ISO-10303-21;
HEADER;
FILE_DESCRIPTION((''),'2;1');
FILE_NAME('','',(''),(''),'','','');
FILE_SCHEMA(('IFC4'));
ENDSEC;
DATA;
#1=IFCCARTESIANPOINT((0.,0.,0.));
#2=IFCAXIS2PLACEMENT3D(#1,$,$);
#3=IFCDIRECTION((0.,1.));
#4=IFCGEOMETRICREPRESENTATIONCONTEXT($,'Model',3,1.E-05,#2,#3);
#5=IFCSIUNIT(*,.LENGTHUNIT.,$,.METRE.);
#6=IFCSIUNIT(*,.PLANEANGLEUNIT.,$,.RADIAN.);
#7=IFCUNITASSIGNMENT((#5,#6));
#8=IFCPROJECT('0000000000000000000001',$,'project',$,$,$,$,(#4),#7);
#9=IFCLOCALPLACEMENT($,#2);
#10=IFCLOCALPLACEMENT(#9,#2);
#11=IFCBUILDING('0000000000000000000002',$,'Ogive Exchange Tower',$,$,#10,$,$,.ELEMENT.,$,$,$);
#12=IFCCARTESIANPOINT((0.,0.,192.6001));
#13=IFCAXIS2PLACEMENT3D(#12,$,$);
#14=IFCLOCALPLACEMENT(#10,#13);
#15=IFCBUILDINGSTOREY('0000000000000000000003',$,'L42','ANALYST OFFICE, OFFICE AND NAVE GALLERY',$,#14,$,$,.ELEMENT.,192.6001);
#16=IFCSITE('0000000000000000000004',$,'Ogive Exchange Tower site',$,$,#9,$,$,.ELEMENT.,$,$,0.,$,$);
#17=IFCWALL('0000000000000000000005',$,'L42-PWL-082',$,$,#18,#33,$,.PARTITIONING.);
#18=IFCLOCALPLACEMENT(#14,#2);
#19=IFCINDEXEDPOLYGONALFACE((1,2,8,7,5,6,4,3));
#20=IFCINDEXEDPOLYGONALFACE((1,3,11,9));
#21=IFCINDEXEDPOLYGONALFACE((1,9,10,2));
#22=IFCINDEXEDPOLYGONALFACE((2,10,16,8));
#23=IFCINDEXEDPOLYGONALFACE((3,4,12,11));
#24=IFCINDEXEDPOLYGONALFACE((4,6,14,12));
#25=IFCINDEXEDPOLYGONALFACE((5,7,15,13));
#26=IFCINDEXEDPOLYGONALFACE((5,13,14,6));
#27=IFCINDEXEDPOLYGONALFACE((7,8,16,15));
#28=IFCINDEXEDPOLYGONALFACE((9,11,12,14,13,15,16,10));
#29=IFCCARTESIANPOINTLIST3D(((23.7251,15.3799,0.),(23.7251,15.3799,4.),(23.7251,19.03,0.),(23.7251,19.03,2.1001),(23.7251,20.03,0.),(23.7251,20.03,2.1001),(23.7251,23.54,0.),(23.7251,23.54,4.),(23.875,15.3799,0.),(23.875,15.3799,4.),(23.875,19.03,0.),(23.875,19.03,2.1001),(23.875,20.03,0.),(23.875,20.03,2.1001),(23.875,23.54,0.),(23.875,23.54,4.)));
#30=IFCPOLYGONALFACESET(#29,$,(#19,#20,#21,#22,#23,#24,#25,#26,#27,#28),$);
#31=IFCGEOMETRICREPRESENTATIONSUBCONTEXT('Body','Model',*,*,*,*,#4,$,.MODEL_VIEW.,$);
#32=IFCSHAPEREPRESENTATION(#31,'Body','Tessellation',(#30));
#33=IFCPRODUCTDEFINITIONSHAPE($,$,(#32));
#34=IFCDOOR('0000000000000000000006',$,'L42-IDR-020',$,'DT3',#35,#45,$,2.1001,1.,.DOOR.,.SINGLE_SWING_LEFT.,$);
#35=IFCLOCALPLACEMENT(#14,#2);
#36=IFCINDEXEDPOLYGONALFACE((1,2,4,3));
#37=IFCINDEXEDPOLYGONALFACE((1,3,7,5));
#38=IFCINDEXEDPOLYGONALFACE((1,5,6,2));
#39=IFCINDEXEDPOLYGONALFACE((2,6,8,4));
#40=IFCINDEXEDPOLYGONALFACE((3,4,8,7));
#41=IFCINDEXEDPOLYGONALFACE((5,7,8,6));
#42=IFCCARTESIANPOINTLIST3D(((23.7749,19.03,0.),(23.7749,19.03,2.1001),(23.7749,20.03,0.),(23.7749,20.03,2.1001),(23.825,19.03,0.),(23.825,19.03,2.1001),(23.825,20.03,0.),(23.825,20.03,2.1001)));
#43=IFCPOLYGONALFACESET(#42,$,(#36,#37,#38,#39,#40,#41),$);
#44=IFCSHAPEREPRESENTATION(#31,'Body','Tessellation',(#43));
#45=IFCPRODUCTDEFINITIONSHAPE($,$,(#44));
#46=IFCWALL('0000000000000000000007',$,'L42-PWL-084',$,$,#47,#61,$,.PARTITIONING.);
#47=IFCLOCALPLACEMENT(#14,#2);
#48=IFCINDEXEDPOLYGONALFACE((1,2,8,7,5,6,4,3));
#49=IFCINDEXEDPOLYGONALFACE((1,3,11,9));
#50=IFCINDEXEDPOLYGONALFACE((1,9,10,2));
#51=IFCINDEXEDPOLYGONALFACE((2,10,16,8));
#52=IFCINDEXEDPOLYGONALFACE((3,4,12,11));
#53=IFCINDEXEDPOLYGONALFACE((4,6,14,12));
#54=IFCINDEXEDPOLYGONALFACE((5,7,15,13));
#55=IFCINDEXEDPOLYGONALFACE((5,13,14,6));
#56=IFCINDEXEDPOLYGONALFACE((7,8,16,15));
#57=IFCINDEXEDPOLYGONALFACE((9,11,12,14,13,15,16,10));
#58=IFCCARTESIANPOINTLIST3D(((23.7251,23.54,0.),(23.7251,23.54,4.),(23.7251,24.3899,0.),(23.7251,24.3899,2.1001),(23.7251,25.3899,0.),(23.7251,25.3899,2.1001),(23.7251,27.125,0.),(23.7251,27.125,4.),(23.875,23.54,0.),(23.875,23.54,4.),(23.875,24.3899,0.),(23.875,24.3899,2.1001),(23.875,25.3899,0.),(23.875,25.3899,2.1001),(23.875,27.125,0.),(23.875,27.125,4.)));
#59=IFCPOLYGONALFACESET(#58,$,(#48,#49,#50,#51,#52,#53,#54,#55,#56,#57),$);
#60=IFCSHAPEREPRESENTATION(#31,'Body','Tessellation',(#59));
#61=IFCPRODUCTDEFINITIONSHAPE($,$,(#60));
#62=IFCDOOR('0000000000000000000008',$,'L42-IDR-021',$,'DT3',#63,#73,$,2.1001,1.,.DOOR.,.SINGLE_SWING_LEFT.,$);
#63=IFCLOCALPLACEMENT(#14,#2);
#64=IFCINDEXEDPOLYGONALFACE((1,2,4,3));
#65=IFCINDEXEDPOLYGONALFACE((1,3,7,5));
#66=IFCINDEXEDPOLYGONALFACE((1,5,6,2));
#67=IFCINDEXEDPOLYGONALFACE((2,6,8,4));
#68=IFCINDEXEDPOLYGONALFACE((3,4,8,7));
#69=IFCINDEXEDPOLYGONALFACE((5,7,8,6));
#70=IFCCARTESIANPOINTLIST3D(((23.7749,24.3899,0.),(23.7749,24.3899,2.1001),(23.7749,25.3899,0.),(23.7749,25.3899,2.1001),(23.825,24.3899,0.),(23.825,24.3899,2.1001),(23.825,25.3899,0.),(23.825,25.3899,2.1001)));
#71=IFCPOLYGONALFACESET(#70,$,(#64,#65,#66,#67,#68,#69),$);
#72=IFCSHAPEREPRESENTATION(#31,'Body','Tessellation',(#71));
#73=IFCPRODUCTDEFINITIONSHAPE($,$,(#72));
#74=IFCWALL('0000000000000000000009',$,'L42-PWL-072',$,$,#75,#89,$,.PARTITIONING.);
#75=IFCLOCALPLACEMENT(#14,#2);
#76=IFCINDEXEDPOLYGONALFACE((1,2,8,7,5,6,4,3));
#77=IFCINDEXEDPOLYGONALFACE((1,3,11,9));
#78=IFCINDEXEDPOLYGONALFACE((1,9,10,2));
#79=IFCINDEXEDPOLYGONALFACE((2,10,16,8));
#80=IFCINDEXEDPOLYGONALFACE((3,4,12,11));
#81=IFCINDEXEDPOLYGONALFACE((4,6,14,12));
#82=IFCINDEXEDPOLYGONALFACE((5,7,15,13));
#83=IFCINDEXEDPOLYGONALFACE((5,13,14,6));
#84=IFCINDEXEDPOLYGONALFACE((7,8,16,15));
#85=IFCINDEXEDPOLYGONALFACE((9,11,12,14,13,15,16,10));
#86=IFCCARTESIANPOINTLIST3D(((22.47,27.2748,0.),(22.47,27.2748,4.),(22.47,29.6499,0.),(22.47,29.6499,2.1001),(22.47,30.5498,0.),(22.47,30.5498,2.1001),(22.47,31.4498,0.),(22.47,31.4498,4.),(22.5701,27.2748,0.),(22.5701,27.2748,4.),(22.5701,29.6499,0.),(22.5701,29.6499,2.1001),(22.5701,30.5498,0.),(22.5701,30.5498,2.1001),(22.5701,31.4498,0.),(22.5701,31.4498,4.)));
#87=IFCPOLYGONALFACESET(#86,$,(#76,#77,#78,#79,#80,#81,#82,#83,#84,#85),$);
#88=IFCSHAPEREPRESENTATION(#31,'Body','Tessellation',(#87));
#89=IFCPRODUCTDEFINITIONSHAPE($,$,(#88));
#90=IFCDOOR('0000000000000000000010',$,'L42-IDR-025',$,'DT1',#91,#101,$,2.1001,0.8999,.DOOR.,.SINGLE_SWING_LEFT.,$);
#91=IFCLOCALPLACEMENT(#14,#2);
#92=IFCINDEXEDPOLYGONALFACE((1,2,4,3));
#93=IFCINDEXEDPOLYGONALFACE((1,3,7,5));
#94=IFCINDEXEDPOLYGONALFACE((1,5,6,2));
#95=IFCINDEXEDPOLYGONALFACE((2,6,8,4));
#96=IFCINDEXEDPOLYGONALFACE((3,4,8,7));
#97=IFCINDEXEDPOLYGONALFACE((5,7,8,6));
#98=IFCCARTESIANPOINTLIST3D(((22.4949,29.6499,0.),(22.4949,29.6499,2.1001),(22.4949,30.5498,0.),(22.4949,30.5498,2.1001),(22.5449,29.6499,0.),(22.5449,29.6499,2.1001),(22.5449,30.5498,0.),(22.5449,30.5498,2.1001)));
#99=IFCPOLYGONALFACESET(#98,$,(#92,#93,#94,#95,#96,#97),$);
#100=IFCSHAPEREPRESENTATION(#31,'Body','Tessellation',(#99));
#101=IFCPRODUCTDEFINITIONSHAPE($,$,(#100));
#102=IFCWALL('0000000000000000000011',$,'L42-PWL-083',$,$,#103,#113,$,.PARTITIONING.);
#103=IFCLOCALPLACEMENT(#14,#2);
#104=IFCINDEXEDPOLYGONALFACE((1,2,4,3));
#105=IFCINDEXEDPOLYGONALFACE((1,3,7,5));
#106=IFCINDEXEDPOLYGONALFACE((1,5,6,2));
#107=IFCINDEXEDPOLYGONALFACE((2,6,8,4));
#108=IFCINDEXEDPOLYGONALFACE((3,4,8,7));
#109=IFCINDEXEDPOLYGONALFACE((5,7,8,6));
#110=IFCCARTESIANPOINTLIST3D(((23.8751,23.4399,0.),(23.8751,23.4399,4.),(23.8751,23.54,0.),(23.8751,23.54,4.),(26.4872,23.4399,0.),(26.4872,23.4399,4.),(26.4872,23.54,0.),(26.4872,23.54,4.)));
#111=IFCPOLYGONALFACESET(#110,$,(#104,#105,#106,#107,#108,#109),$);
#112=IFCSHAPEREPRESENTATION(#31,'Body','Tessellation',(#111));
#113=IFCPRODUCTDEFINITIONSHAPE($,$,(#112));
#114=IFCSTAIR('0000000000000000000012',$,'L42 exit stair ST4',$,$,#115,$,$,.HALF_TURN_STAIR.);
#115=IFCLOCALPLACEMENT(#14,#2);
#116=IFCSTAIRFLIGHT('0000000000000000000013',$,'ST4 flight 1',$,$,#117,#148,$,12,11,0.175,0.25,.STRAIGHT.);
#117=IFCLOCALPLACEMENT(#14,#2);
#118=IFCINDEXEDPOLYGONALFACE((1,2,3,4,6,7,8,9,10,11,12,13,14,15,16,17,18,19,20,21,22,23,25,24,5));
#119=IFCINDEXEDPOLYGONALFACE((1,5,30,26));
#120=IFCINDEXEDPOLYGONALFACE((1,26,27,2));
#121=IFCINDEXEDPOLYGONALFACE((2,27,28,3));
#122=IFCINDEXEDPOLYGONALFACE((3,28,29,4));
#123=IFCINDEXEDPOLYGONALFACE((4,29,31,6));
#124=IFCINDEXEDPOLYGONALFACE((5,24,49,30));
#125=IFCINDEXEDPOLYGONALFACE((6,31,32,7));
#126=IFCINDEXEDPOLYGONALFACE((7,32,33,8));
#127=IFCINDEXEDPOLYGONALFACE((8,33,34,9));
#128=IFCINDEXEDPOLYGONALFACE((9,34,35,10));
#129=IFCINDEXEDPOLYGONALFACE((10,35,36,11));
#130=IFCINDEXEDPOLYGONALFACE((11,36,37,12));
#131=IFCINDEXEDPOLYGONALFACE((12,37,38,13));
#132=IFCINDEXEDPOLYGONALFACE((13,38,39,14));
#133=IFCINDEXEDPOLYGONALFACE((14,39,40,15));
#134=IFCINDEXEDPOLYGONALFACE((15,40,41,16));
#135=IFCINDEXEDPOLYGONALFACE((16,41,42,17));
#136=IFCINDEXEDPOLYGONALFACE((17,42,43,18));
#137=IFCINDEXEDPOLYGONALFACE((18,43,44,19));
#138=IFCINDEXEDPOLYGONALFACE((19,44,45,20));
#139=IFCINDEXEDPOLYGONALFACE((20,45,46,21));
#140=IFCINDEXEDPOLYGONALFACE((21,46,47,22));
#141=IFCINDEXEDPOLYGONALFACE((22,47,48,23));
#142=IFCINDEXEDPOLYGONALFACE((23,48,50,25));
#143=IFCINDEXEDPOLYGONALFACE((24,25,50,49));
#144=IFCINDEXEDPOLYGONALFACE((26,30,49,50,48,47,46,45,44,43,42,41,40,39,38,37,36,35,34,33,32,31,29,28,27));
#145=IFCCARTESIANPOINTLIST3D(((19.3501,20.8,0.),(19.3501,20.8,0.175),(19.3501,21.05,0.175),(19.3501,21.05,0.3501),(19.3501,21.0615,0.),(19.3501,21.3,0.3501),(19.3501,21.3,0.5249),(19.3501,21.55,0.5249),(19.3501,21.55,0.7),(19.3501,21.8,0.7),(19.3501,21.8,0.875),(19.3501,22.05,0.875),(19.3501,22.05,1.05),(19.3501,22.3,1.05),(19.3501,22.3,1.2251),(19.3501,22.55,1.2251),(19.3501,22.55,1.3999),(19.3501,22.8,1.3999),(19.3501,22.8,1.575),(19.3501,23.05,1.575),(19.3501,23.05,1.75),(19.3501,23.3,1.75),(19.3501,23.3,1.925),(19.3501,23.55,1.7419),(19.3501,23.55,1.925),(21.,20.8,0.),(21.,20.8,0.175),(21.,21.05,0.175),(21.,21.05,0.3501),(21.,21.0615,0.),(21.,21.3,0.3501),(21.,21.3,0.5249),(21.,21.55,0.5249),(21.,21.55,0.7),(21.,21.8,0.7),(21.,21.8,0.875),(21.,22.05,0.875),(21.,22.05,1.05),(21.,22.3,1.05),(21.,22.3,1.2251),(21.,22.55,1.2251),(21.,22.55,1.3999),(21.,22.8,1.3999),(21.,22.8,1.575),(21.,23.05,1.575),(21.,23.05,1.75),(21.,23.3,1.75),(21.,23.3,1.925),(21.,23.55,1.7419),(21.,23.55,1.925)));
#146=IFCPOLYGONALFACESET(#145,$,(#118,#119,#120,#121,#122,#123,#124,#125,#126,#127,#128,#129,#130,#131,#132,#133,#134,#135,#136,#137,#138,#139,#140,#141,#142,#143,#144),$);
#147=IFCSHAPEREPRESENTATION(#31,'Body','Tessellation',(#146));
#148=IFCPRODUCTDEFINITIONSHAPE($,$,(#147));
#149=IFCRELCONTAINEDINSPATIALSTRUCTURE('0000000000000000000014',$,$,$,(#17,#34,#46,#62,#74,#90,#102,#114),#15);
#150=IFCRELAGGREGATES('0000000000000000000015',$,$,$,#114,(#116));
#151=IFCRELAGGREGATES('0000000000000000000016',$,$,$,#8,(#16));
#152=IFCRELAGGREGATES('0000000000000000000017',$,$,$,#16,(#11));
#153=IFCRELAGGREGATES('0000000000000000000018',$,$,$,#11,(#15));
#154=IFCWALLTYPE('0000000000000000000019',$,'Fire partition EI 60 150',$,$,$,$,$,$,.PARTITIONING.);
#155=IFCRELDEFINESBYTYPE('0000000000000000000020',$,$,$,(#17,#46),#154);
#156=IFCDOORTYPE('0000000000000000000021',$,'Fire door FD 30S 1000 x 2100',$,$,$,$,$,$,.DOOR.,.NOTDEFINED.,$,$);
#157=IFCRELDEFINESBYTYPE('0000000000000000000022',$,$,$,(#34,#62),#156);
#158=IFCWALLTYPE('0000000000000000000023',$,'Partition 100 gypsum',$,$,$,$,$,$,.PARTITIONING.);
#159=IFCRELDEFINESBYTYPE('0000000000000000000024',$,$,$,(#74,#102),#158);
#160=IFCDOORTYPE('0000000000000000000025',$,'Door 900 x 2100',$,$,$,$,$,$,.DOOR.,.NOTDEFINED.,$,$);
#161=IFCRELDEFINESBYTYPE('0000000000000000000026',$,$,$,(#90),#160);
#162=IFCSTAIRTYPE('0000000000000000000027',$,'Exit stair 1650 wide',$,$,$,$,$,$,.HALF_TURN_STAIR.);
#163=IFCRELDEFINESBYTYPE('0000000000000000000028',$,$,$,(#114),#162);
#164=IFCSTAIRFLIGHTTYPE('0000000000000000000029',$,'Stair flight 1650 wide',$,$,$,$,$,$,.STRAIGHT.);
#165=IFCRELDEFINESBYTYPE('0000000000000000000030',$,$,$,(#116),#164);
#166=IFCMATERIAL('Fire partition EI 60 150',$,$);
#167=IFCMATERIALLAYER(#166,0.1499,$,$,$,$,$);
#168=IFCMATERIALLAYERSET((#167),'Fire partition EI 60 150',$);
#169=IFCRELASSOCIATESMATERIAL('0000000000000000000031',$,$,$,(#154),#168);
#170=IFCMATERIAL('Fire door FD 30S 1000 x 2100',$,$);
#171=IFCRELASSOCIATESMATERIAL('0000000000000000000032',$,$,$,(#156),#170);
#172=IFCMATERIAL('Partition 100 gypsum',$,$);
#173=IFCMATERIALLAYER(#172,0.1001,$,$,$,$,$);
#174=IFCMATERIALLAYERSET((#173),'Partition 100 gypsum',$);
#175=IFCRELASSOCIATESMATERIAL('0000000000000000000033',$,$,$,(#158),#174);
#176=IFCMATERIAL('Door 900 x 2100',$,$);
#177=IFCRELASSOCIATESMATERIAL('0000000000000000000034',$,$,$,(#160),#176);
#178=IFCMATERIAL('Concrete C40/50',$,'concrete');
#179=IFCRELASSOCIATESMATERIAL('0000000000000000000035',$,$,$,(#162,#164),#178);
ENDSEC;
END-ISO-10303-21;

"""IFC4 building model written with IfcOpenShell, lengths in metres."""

from ifc_helpers import new_model, si_unit, direction, frame, frame_2d, origin, place, context, subcontext, project, spatial, polyline, rectangle, outline, extrude, material, layer, layer_set, type_object, element, fill, aggregate, save


model = new_model("IFC4")

# Units and contexts
model_context = context("Model", 3, precision=1e-05, world=origin(), true_north=direction((0.0, 1.0)))
body_context = subcontext(model_context, "Body", "Model", "MODEL_VIEW")
ifc_project = project(units=[si_unit("LENGTHUNIT", "METRE"), si_unit("PLANEANGLEUNIT", "RADIAN")], contexts=[model_context])

# Site, building, storey
site_placement = place(None, origin())
site = spatial("IfcSite", under=ifc_project, at=site_placement, Name="Ogive Exchange Tower site", CompositionType="ELEMENT", RefElevation=0.0)
building_placement = place(site_placement, origin())
building = spatial("IfcBuilding", under=site, at=building_placement, Name="Ogive Exchange Tower", CompositionType="ELEMENT")
storey_placement = place(building_placement, frame((0.0, 0.0, 192.6001)))
storey = spatial("IfcBuildingStorey", under=building, at=storey_placement, Name="L42", Description="ANALYST OFFICE, OFFICE AND NAVE GALLERY", CompositionType="ELEMENT", Elevation=192.6001)

# Shared definitions
ifc_material_1 = material(Name="Fire partition EI 60 150")
ifc_layer_1 = layer(ifc_material_1, 0.1499)
ifc_layer_set_1 = layer_set([ifc_layer_1], Name="Fire partition EI 60 150")
wall_type_1 = type_object("IfcWallType", Name="Fire partition EI 60 150", PredefinedType="PARTITIONING", material=ifc_layer_set_1)

# Walls, openings, doors
wall_1_placement = place(storey_placement, frame((23.8, 23.54, 0.0), z_axis=(0.0, 0.0, 1.0), x_axis=(0.0, -1.0, 0.0)))
wall_1 = element("IfcWall", 1, at=wall_1_placement, inside=storey, type_object=wall_type_1, Name="L42-PWL-082", PredefinedType="PARTITIONING", context=body_context, shape_type="SweptSolid", body=[
    extrude(rectangle(XDim=8.1602, YDim=0.1499, at=frame_2d((4.0801, 0.0))), origin(), (0.0, 0.0, 1.0), 4.0),
])
opening_1_placement = place(wall_1_placement, frame((3.51, 0.0, 0.0)))
opening_1 = element("IfcOpeningElement", 2, at=opening_1_placement, cuts=wall_1, PredefinedType="OPENING", context=body_context, shape_type="SweptSolid", body=[
    extrude(rectangle(XDim=1.0, YDim=2.1001, at=frame_2d((0.5, 1.05))), frame((0.0, 0.085, 0.0), z_axis=(0.0, -1.0, 0.0), x_axis=(1.0, 0.0, 0.0)), (0.0, 0.0, 1.0), 0.1699),
])
ifc_material_2 = material(Name="Fire door FD 30S 1000 x 2100")
door_type_1 = type_object("IfcDoorType", Name="Fire door FD 30S 1000 x 2100", OperationType="NOTDEFINED", PredefinedType="DOOR", material=ifc_material_2)
door_1_placement = place(opening_1_placement, origin())
door_1 = element("IfcDoor", 3, at=door_1_placement, inside=storey, type_object=door_type_1, Name="L42-IDR-020", ObjectType="DT3", OperationType="SINGLE_SWING_LEFT", OverallHeight=2.1001, OverallWidth=1.0, PredefinedType="DOOR", context=body_context, shape_type="SweptSolid", body=[
    extrude(rectangle(XDim=1.0, YDim=2.1001, at=frame_2d((0.5, 1.05))), frame((0.0, 0.0249, 0.0), z_axis=(0.0, -1.0, 0.0), x_axis=(1.0, 0.0, 0.0)), (0.0, 0.0, 1.0), 0.05),
])
fill(opening_1, door_1)
wall_2_placement = place(storey_placement, frame((23.8, 27.125, 0.0), z_axis=(0.0, 0.0, 1.0), x_axis=(0.0, -1.0, 0.0)))
wall_2 = element("IfcWall", 4, at=wall_2_placement, inside=storey, type_object=wall_type_1, Name="L42-PWL-084", PredefinedType="PARTITIONING", context=body_context, shape_type="SweptSolid", body=[
    extrude(rectangle(XDim=3.585, YDim=0.1499, at=frame_2d((1.7925, 0.0))), origin(), (0.0, 0.0, 1.0), 4.0),
])
opening_2_placement = place(wall_2_placement, frame((1.7351, 0.0, 0.0)))
opening_2 = element("IfcOpeningElement", 5, at=opening_2_placement, cuts=wall_2, PredefinedType="OPENING", context=body_context, shape_type="SweptSolid", body=[
    extrude(rectangle(XDim=1.0, YDim=2.1001, at=frame_2d((0.5, 1.05))), frame((0.0, 0.085, 0.0), z_axis=(0.0, -1.0, 0.0), x_axis=(1.0, 0.0, 0.0)), (0.0, 0.0, 1.0), 0.1699),
])
door_2_placement = place(opening_2_placement, origin())
door_2 = element("IfcDoor", 6, at=door_2_placement, inside=storey, type_object=door_type_1, Name="L42-IDR-021", ObjectType="DT3", OperationType="SINGLE_SWING_LEFT", OverallHeight=2.1001, OverallWidth=1.0, PredefinedType="DOOR", context=body_context, shape_type="SweptSolid", body=[
    extrude(rectangle(XDim=1.0, YDim=2.1001, at=frame_2d((0.5, 1.05))), frame((0.0, 0.0249, 0.0), z_axis=(0.0, -1.0, 0.0), x_axis=(1.0, 0.0, 0.0)), (0.0, 0.0, 1.0), 0.05),
])
fill(opening_2, door_2)
ifc_material_3 = material(Name="Partition 100 gypsum")
ifc_layer_2 = layer(ifc_material_3, 0.1001)
ifc_layer_set_2 = layer_set([ifc_layer_2], Name="Partition 100 gypsum")
wall_type_2 = type_object("IfcWallType", Name="Partition 100 gypsum", PredefinedType="PARTITIONING", material=ifc_layer_set_2)
wall_3_placement = place(storey_placement, frame((22.52, 27.2749, 0.0), z_axis=(0.0, 0.0, 1.0), x_axis=(0.0, 1.0, 0.0)))
wall_3 = element("IfcWall", 7, at=wall_3_placement, inside=storey, type_object=wall_type_2, Name="L42-PWL-072", PredefinedType="PARTITIONING", context=body_context, shape_type="SweptSolid", body=[
    extrude(rectangle(XDim=4.175, YDim=0.1001, at=frame_2d((2.0874, 0.0))), origin(), (0.0, 0.0, 1.0), 4.0),
])
opening_3_placement = place(wall_3_placement, frame((2.375, 0.0, 0.0)))
opening_3 = element("IfcOpeningElement", 8, at=opening_3_placement, cuts=wall_3, PredefinedType="OPENING", context=body_context, shape_type="SweptSolid", body=[
    extrude(rectangle(XDim=0.8999, YDim=2.1001, at=frame_2d((0.45, 1.05))), frame((0.0, 0.0601, 0.0), z_axis=(0.0, -1.0, 0.0), x_axis=(1.0, 0.0, 0.0)), (0.0, 0.0, 1.0), 0.1201),
])
ifc_material_4 = material(Name="Door 900 x 2100")
door_type_2 = type_object("IfcDoorType", Name="Door 900 x 2100", OperationType="NOTDEFINED", PredefinedType="DOOR", material=ifc_material_4)
door_3_placement = place(opening_3_placement, frame((0.8999, 0.0, 0.0), z_axis=(0.0, 0.0, 1.0), x_axis=(-1.0, 0.0, 0.0)))
door_3 = element("IfcDoor", 9, at=door_3_placement, inside=storey, type_object=door_type_2, Name="L42-IDR-025", ObjectType="DT1", OperationType="SINGLE_SWING_LEFT", OverallHeight=2.1001, OverallWidth=0.8999, PredefinedType="DOOR", context=body_context, shape_type="SweptSolid", body=[
    extrude(rectangle(XDim=0.8999, YDim=2.1001, at=frame_2d((0.45, 1.05))), frame((0.0, 0.0249, 0.0), z_axis=(0.0, -1.0, 0.0), x_axis=(1.0, 0.0, 0.0)), (0.0, 0.0, 1.0), 0.05),
])
fill(opening_3, door_3)

# Wall
wall_4_placement = place(storey_placement, frame((23.875, 23.49, 0.0), z_axis=(0.0, 0.0, 1.0), x_axis=(1.0, 0.0, 0.0)))
element("IfcWall", 10, at=wall_4_placement, inside=storey, type_object=wall_type_2, Name="L42-PWL-083", PredefinedType="PARTITIONING", context=body_context, shape_type="SweptSolid", body=[
    extrude(rectangle(XDim=2.6121, YDim=0.1001, at=frame_2d((1.3062, 0.0))), origin(), (0.0, 0.0, 1.0), 4.0),
])

# Stair, stair flight
ifc_material_5 = material(Name="Concrete C40/50", Category="concrete")
stair_type = type_object("IfcStairType", Name="Exit stair 1650 wide", PredefinedType="HALF_TURN_STAIR", material=ifc_material_5)
stair_placement = place(storey_placement, origin())
stair = element("IfcStair", 11, at=stair_placement, inside=storey, type_object=stair_type, Name="L42 exit stair ST4", PredefinedType="HALF_TURN_STAIR")
stair_flight_type = type_object("IfcStairFlightType", Name="Stair flight 1650 wide", PredefinedType="STRAIGHT", material=ifc_material_5)
stair_flight_1_placement = place(storey_placement, frame((20.175, 20.8, 0.0), z_axis=(0.0, 0.0, 1.0), x_axis=(0.0, 1.0, 0.0)))
stair_flight_1 = element("IfcStairFlight", 12, at=stair_flight_1_placement, type_object=stair_flight_type, Name="ST4 flight 1", NumberOfRisers=12, NumberOfTreads=11, PredefinedType="STRAIGHT", RiserHeight=0.175, TreadLength=0.25, context=body_context, shape_type="SweptSolid", body=[
    extrude(outline(polyline([(0.0, 0.0), (0.0, 0.175), (0.25, 0.175), (0.25, 0.3501), (0.5, 0.3501), (0.5, 0.5249), (0.75, 0.5249), (0.75, 0.7), (1.0, 0.7), (1.0, 0.875), (1.25, 0.875), (1.25, 1.05), (1.5, 1.05), (1.5, 1.2251), (1.75, 1.2251), (1.75, 1.3999), (2.0, 1.3999), (2.0, 1.575), (2.25, 1.575), (2.25, 1.75), (2.5, 1.75), (2.5, 1.925), (2.75, 1.925), (2.75, 2.1001), (2.75, 1.7419), (0.2615, 0.0), (0.0, 0.0)])), frame((0.0, 0.825, 0.0), z_axis=(0.0, -1.0, 0.0), x_axis=(1.0, 0.0, 0.0)), (0.0, 0.0, 1.0), 1.6499),
])
aggregate(stair, [stair_flight_1])

save(model, "model.ifc")
